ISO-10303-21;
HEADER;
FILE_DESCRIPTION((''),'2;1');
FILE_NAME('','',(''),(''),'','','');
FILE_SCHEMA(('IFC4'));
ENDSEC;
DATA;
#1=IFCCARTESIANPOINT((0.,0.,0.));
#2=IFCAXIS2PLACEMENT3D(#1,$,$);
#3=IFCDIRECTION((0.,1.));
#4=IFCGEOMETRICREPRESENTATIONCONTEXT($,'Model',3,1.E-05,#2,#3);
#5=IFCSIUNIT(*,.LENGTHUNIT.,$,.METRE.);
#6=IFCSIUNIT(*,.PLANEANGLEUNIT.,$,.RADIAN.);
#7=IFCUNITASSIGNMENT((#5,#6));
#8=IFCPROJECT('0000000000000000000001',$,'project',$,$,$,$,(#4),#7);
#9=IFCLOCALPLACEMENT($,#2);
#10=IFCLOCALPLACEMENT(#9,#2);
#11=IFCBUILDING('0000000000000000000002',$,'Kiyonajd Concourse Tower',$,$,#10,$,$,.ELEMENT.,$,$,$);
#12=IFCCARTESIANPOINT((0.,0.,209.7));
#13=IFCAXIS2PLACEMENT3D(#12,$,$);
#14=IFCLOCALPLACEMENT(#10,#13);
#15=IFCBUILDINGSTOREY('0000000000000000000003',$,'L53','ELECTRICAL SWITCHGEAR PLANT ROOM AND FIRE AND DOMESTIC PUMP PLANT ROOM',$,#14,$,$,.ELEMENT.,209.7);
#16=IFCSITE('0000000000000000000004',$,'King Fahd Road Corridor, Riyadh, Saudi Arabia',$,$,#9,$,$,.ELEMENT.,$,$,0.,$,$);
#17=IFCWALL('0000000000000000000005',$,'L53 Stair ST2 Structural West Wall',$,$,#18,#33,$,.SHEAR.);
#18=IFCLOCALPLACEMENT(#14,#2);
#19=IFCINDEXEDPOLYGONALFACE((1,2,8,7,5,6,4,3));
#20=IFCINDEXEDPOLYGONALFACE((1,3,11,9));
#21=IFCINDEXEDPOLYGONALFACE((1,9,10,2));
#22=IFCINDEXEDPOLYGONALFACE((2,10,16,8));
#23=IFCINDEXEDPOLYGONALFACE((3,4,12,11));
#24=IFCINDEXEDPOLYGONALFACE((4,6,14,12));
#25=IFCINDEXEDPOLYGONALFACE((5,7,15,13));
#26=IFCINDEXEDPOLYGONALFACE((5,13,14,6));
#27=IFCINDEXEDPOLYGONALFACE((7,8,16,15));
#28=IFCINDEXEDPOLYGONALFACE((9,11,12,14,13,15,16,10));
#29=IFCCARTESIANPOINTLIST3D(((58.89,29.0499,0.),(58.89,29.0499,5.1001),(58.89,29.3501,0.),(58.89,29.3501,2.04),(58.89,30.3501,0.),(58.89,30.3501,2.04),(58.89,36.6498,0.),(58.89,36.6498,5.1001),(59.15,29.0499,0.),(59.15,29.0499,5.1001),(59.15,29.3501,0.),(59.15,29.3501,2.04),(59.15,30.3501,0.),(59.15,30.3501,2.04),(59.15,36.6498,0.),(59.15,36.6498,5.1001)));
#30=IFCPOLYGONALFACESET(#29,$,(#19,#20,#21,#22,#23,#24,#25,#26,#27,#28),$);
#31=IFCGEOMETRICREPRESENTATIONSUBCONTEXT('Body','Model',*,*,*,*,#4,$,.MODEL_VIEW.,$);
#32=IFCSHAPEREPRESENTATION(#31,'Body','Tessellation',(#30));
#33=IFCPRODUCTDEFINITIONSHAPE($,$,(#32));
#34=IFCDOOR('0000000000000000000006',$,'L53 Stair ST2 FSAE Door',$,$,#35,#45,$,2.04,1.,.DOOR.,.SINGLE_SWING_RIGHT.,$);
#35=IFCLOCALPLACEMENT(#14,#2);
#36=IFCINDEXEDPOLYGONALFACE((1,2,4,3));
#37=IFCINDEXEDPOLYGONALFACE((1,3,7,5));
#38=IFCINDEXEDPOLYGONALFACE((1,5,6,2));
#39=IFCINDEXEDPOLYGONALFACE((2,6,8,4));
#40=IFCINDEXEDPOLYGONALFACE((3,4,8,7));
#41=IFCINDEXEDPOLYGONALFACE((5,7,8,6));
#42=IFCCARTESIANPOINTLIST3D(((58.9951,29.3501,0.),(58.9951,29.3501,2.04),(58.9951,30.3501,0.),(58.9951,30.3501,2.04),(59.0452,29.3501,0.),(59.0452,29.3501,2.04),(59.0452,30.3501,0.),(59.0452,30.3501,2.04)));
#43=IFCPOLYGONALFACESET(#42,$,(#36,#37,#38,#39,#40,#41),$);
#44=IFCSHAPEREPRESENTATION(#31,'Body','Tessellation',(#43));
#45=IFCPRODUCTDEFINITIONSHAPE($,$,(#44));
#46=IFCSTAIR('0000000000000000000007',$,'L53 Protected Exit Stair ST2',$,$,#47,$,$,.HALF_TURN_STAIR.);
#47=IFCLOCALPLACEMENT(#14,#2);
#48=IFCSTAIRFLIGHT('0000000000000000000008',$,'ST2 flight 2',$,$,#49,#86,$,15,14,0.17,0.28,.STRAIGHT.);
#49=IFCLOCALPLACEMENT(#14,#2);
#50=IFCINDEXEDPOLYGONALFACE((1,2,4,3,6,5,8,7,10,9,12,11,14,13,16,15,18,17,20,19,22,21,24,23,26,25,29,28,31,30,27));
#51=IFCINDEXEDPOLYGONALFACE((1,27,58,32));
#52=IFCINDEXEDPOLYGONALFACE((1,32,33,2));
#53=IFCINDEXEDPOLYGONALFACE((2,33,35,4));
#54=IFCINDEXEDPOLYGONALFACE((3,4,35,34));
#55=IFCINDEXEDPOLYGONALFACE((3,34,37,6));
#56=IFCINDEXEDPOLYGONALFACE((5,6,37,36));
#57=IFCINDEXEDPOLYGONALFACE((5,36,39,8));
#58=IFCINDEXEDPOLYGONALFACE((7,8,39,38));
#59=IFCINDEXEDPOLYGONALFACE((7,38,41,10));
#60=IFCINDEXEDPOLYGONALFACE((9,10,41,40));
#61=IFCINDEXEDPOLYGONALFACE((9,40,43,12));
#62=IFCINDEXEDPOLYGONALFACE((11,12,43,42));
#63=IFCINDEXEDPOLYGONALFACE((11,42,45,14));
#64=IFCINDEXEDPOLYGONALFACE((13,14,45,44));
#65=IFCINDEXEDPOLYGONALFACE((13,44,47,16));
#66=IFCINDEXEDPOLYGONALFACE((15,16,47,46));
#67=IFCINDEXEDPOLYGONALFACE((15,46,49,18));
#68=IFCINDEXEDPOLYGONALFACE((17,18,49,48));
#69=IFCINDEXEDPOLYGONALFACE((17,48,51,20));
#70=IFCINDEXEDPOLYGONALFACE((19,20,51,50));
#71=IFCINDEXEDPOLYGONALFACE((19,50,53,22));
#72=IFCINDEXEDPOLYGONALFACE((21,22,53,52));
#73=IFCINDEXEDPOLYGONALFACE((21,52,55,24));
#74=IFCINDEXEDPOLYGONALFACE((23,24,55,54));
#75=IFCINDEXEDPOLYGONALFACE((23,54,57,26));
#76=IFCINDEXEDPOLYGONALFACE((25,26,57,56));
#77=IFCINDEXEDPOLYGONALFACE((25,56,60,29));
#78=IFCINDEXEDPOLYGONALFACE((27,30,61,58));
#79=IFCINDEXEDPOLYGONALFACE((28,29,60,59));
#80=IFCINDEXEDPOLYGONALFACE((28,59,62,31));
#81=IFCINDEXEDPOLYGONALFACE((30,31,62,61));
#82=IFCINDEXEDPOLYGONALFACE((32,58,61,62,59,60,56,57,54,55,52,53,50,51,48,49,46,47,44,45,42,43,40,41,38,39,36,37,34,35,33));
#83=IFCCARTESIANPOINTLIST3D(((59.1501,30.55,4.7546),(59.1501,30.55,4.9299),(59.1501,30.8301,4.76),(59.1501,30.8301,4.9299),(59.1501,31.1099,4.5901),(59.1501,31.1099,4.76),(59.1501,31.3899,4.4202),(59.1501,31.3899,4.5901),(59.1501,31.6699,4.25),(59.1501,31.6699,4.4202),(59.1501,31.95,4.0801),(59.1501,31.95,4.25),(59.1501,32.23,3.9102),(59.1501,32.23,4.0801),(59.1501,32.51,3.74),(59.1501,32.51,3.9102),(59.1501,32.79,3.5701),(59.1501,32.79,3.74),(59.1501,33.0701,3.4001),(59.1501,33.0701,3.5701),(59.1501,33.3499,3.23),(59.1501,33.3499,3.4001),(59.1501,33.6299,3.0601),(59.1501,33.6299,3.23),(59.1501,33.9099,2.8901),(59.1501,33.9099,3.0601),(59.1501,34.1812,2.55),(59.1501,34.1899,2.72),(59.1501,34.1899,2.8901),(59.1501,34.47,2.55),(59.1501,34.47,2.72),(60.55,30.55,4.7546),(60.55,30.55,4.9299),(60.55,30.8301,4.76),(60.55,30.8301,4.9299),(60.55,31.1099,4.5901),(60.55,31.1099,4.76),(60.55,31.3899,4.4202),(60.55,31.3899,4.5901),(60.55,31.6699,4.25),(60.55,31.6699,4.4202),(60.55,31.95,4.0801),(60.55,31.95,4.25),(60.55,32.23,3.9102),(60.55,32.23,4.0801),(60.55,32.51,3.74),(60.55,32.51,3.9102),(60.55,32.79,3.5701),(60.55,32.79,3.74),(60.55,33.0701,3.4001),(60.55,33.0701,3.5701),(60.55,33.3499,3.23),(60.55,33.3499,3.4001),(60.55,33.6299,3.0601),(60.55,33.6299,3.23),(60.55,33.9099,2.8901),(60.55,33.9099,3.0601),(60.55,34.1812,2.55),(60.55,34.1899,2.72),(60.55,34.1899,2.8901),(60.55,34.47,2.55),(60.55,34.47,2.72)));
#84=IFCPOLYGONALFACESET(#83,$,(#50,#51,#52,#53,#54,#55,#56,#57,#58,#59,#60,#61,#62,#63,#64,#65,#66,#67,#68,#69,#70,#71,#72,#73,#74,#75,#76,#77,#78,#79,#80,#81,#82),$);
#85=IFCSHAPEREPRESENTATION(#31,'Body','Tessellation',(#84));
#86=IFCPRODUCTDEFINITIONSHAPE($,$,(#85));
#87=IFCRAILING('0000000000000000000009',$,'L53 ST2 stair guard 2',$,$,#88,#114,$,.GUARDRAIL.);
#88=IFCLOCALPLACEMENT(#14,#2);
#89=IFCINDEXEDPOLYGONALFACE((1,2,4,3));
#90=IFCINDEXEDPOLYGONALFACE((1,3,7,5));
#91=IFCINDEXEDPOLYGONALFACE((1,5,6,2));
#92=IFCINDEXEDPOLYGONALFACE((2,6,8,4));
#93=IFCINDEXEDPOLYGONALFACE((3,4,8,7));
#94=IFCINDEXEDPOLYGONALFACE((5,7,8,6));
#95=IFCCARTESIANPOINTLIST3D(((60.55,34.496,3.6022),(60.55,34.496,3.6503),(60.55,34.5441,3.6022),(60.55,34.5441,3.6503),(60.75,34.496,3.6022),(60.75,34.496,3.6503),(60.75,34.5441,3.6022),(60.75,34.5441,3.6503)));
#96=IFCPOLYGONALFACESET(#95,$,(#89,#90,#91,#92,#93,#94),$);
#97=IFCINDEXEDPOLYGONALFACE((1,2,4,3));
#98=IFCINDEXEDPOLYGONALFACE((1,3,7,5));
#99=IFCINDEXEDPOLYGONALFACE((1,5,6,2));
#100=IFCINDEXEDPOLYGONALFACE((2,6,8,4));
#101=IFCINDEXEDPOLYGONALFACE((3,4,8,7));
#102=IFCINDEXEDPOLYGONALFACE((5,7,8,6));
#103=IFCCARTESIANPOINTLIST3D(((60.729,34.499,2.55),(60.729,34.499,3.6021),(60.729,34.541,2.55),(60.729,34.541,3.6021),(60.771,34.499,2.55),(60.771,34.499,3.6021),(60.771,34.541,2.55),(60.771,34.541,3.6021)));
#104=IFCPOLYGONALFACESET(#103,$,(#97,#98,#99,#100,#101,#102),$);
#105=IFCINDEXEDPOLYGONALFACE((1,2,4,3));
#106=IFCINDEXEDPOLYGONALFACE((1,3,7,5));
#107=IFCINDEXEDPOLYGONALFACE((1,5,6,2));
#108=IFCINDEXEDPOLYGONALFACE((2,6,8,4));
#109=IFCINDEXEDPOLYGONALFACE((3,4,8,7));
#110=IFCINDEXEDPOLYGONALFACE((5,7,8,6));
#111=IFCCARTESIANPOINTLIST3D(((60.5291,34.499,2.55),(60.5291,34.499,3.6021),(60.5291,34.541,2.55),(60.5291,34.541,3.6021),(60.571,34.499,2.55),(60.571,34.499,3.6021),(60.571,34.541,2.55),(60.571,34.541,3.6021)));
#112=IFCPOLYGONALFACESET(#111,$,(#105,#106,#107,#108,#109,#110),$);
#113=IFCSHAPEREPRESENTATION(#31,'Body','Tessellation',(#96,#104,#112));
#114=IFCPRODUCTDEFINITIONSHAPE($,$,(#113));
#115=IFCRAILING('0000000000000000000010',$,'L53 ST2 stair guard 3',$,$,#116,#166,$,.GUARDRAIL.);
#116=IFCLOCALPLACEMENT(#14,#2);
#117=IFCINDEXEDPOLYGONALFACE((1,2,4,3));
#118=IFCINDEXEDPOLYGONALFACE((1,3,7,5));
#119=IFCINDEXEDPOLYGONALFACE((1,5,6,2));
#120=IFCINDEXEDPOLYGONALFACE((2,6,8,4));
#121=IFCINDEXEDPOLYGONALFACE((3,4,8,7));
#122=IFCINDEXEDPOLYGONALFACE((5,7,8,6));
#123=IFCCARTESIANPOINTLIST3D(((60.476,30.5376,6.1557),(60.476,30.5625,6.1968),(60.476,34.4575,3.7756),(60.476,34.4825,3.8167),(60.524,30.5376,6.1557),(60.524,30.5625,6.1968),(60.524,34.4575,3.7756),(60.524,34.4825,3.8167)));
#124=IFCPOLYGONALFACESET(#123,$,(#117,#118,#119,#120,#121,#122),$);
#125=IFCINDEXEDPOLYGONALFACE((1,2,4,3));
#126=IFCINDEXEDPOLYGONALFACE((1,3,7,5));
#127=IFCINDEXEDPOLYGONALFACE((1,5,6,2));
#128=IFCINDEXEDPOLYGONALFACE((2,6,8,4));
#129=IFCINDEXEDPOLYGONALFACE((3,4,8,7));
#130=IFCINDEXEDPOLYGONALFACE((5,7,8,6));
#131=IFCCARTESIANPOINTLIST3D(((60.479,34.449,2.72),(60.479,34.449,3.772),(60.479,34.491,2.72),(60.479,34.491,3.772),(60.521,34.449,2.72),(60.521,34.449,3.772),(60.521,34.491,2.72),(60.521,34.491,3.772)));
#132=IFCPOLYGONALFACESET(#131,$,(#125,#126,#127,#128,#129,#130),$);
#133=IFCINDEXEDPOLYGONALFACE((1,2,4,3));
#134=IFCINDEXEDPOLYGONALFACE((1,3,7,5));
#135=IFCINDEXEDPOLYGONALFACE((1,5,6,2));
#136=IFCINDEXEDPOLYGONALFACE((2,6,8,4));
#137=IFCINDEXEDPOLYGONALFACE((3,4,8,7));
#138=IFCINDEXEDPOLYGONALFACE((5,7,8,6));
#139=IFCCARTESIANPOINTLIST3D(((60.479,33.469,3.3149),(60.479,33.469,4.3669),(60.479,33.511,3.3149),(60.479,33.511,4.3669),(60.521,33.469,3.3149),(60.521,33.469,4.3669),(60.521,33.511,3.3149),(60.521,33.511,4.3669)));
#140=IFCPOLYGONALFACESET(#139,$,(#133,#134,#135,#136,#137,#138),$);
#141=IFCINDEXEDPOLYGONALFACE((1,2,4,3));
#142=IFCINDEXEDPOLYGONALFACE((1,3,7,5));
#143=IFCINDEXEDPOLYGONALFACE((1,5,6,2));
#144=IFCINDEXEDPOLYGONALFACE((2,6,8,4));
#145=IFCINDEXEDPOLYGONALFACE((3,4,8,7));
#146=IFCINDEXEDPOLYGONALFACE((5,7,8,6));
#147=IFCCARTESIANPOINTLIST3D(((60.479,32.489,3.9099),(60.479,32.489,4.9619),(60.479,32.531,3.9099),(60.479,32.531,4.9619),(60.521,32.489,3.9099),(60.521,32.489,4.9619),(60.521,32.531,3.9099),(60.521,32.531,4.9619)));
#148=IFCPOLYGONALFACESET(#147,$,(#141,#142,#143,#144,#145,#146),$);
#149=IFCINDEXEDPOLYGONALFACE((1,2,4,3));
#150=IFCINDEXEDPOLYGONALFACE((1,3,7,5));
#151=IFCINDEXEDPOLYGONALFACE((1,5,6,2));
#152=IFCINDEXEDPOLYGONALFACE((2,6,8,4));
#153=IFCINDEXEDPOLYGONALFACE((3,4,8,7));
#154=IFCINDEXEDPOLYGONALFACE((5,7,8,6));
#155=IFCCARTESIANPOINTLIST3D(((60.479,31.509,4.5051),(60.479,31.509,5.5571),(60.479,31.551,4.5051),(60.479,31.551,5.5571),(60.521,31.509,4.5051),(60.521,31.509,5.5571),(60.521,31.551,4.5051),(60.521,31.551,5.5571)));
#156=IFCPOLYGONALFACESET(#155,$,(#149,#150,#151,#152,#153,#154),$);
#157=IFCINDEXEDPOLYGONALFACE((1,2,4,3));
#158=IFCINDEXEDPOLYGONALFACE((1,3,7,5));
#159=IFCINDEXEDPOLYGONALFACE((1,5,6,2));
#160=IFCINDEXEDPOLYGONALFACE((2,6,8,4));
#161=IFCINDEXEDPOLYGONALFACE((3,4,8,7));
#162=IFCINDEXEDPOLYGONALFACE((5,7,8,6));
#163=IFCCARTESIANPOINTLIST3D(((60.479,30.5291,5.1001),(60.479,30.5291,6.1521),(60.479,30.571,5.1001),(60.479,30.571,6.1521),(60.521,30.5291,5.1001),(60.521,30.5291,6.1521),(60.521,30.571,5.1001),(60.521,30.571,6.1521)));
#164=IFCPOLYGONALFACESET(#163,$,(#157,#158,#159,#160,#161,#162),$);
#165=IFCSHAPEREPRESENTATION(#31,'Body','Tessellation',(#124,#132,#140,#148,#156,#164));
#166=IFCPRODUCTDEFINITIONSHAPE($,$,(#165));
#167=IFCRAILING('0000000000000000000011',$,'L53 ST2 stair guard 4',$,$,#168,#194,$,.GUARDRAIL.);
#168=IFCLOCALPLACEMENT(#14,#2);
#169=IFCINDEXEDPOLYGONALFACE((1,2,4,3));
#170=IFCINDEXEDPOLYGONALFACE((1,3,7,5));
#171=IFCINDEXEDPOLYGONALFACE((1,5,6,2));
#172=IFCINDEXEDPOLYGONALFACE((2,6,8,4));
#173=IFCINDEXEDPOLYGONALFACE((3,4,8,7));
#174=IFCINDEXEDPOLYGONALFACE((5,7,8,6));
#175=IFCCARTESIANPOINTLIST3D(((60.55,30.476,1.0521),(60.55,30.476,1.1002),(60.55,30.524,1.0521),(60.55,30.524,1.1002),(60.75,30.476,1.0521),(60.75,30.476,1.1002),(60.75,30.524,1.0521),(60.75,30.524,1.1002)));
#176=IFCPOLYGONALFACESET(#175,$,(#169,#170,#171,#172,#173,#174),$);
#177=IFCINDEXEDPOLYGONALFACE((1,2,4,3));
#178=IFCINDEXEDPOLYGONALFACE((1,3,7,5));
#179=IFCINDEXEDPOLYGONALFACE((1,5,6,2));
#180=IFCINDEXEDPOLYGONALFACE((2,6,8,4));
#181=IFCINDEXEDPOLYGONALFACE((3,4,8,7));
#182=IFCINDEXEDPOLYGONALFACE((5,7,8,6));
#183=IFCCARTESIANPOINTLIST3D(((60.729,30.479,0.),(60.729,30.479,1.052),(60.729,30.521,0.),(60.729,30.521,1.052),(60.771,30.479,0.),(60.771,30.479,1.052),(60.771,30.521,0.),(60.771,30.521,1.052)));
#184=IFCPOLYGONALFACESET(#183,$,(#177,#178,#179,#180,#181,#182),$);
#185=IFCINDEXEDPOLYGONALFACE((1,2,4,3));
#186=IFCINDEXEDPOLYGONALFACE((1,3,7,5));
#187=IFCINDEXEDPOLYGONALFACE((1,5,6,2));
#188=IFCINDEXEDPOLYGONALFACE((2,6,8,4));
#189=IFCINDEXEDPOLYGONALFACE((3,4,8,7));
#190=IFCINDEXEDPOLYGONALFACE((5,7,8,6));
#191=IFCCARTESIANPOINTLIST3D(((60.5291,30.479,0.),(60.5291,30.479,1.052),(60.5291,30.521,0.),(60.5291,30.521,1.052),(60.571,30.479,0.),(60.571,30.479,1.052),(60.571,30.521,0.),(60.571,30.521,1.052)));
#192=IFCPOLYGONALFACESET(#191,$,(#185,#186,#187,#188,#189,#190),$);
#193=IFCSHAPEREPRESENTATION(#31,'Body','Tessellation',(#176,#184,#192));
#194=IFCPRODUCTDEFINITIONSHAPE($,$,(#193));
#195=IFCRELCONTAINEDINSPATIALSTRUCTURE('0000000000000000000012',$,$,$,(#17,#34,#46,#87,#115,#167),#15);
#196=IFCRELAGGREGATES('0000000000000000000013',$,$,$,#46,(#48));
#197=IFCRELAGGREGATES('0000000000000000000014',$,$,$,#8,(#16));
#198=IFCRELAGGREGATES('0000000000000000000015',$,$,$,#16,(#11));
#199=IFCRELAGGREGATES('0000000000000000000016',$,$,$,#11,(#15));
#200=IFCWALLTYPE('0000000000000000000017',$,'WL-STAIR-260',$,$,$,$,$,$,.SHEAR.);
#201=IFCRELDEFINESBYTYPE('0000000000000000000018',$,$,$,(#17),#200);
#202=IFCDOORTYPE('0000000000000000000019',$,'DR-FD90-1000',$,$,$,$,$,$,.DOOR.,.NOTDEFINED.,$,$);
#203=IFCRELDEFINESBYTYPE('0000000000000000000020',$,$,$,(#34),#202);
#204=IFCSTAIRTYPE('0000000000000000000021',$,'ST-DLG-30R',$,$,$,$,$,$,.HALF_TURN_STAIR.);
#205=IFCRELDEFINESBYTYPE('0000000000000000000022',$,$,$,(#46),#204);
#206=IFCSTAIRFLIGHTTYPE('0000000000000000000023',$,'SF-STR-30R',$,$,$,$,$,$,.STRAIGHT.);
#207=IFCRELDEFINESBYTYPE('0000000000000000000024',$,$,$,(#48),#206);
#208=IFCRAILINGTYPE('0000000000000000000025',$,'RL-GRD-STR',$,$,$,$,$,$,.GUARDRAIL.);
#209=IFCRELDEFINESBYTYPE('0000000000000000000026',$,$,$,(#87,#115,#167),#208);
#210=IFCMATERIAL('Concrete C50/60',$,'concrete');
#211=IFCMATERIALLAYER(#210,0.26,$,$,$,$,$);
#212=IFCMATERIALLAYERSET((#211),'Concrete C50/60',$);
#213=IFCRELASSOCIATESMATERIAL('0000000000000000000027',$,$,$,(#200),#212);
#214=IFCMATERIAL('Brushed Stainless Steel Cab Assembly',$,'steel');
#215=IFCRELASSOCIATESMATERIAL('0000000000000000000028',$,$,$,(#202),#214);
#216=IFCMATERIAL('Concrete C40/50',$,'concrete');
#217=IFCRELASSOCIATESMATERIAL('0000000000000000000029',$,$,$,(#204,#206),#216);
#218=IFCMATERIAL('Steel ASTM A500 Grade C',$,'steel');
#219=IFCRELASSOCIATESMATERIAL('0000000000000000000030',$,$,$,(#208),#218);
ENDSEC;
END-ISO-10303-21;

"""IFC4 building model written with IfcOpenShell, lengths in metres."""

from ifc_helpers import new_model, si_unit, direction, frame, frame_2d, origin, origin_2d, place, context, subcontext, project, spatial, polyline, rectangle, outline, extrude, material, layer, layer_set, type_object, element, fill, aggregate, save


model = new_model("IFC4")

# Units and contexts
model_context = context("Model", 3, precision=1e-05, world=origin(), true_north=direction((0.0, 1.0)))
body_context = subcontext(model_context, "Body", "Model", "MODEL_VIEW")
ifc_project = project(units=[si_unit("LENGTHUNIT", "METRE"), si_unit("PLANEANGLEUNIT", "RADIAN")], contexts=[model_context])

# Site, building, storey
site_placement = place(None, origin())
site = spatial("IfcSite", under=ifc_project, at=site_placement, Name="King Fahd Road Corridor, Riyadh, Saudi Arabia", CompositionType="ELEMENT", RefElevation=0.0)
building_placement = place(site_placement, origin())
building = spatial("IfcBuilding", under=site, at=building_placement, Name="Kiyonajd Concourse Tower", CompositionType="ELEMENT")
storey_placement = place(building_placement, frame((0.0, 0.0, 209.7)))
storey = spatial("IfcBuildingStorey", under=building, at=storey_placement, Name="L53", Description="ELECTRICAL SWITCHGEAR PLANT ROOM AND FIRE AND DOMESTIC PUMP PLANT ROOM", CompositionType="ELEMENT", Elevation=209.7)

# Shared definitions
ifc_material_1 = material(Name="Concrete C50/60", Category="concrete")

# Shared definitions
ifc_material_2 = material(Name="Brushed Stainless Steel Cab Assembly", Category="steel")

# Shared definitions
ifc_layer_1 = layer(ifc_material_1, 0.26)
ifc_layer_set_1 = layer_set([ifc_layer_1], Name="Concrete C50/60")
wall_type_1 = type_object("IfcWallType", Name="WL-STAIR-260", PredefinedType="SHEAR", material=ifc_layer_set_1)

# Wall, opening, door
wall_1_placement = place(storey_placement, frame((59.02, 29.05, 0.0), z_axis=(0.0, 0.0, 1.0), x_axis=(0.0, 1.0, 0.0)))
wall_1 = element("IfcWall", 1, at=wall_1_placement, inside=storey, type_object=wall_type_1, Name="L53 Stair ST2 Structural West Wall", PredefinedType="SHEAR", context=body_context, shape_type="SweptSolid", body=[
    extrude(rectangle(XDim=7.5999, YDim=0.26, at=frame_2d((3.7998, 0.0))), origin(), (0.0, 0.0, 1.0), 5.1001),
])
opening_1_placement = place(wall_1_placement, frame((0.3, 0.0, 0.0)))
opening_1 = element("IfcOpeningElement", 2, at=opening_1_placement, cuts=wall_1, PredefinedType="OPENING", context=body_context, shape_type="SweptSolid", body=[
    extrude(rectangle(XDim=1.0, YDim=2.04, at=frame_2d((0.5, 1.02))), frame((0.0, 0.1399, 0.0), z_axis=(0.0, -1.0, 0.0), x_axis=(1.0, 0.0, 0.0)), (0.0, 0.0, 1.0), 0.28),
])
door_type_1 = type_object("IfcDoorType", Name="DR-FD90-1000", OperationType="NOTDEFINED", PredefinedType="DOOR", material=ifc_material_2)
door_1_placement = place(opening_1_placement, origin())
door_1 = element("IfcDoor", 3, at=door_1_placement, inside=storey, type_object=door_type_1, Name="L53 Stair ST2 FSAE Door", OperationType="SINGLE_SWING_RIGHT", OverallHeight=2.04, OverallWidth=1.0, PredefinedType="DOOR", context=body_context, shape_type="SweptSolid", body=[
    extrude(rectangle(XDim=1.0, YDim=2.04, at=frame_2d((0.5, 1.02))), frame((0.0, 0.0249, 0.0), z_axis=(0.0, -1.0, 0.0), x_axis=(1.0, 0.0, 0.0)), (0.0, 0.0, 1.0), 0.05),
])
fill(opening_1, door_1)

# Stair, stair flight
ifc_material_3 = material(Name="Concrete C40/50", Category="concrete")
stair_type = type_object("IfcStairType", Name="ST-DLG-30R", PredefinedType="HALF_TURN_STAIR", material=ifc_material_3)
stair_placement = place(storey_placement, origin())
stair = element("IfcStair", 4, at=stair_placement, inside=storey, type_object=stair_type, Name="L53 Protected Exit Stair ST2", PredefinedType="HALF_TURN_STAIR")
stair_flight_type = type_object("IfcStairFlightType", Name="SF-STR-30R", PredefinedType="STRAIGHT", material=ifc_material_3)
stair_flight_placement = place(storey_placement, frame((59.8501, 34.47, 2.55), z_axis=(0.0, 0.0, 1.0), x_axis=(0.0, -1.0, 0.0)))
stair_flight = element("IfcStairFlight", 5, at=stair_flight_placement, type_object=stair_flight_type, Name="ST2 flight 2", NumberOfRisers=15, NumberOfTreads=14, PredefinedType="STRAIGHT", RiserHeight=0.17, TreadLength=0.28, context=body_context, shape_type="SweptSolid", body=[
    extrude(outline(polyline([(0.0, 0.0), (0.0, 0.1699), (0.28, 0.1699), (0.28, 0.3401), (0.5601, 0.3401), (0.5601, 0.51), (0.8401, 0.51), (0.8401, 0.6799), (1.1201, 0.6799), (1.1201, 0.8501), (1.3999, 0.8501), (1.3999, 1.02), (1.6799, 1.02), (1.6799, 1.1899), (1.96, 1.1899), (1.96, 1.3601), (2.24, 1.3601), (2.24, 1.53), (2.52, 1.53), (2.52, 1.7), (2.8, 1.7), (2.8, 1.8701), (3.0801, 1.8701), (3.0801, 2.04), (3.3601, 2.04), (3.3601, 2.21), (3.6399, 2.21), (3.6399, 2.3799), (3.9199, 2.3799), (3.9199, 2.55), (3.9199, 2.2046), (0.2888, 0.0), (0.0, 0.0)])), frame((0.0, 0.7, 0.0), z_axis=(0.0, -1.0, 0.0), x_axis=(1.0, 0.0, 0.0)), (0.0, 0.0, 1.0), 1.3999),
])
aggregate(stair, [stair_flight])

# Railings
ifc_material_4 = material(Name="Steel ASTM A500 Grade C", Category="steel")
railing_type_1 = type_object("IfcRailingType", Name="RL-GRD-STR", PredefinedType="GUARDRAIL", material=ifc_material_4)
railing_1_placement = place(storey_placement, frame((60.75, 34.52, 2.55)))
element("IfcRailing", 6, at=railing_1_placement, inside=storey, type_object=railing_type_1, Name="L53 ST2 stair guard 2", PredefinedType="GUARDRAIL", context=body_context, shape_type="SweptSolid", body=[
    extrude(rectangle(XDim=0.0481, YDim=0.0481, at=origin_2d()), frame((0.0, 0.0, 1.0762), z_axis=(-1.0, 0.0, 0.0), x_axis=(0.0, -1.0, 0.0)), (0.0, 0.0, 1.0), 0.2),
    extrude(rectangle(XDim=0.042, YDim=0.042, at=origin_2d()), origin(), (0.0, 0.0, 1.0), 1.052),
    extrude(rectangle(XDim=0.042, YDim=0.042, at=origin_2d()), frame((-0.2, 0.0, 0.0)), (0.0, 0.0, 1.0), 1.052),
])
railing_2_placement = place(storey_placement, frame((60.5, 34.47, 2.72)))
element("IfcRailing", 7, at=railing_2_placement, inside=storey, type_object=railing_type_1, Name="L53 ST2 stair guard 3", PredefinedType="GUARDRAIL", context=body_context, shape_type="SweptSolid", body=[
    extrude(rectangle(XDim=0.0481, YDim=0.0481, at=origin_2d()), frame((0.0, 0.0, 1.0762), z_axis=(0.0, -0.854771, 0.519006), x_axis=(1.0, 0.0, 0.0)), (0.0, 0.0, 1.0), 4.5859),
    extrude(rectangle(XDim=0.042, YDim=0.042, at=origin_2d()), origin(), (0.0, 0.0, 1.0), 1.052),
    extrude(rectangle(XDim=0.042, YDim=0.042, at=origin_2d()), frame((0.0, -0.98, 0.595)), (0.0, 0.0, 1.0), 1.052),
    extrude(rectangle(XDim=0.042, YDim=0.042, at=origin_2d()), frame((0.0, -1.96, 1.1899)), (0.0, 0.0, 1.0), 1.052),
    extrude(rectangle(XDim=0.042, YDim=0.042, at=origin_2d()), frame((0.0, -2.9399, 1.7852)), (0.0, 0.0, 1.0), 1.052),
    extrude(rectangle(XDim=0.042, YDim=0.042, at=origin_2d()), frame((0.0, -3.9199, 2.3801)), (0.0, 0.0, 1.0), 1.052),
])
railing_3_placement = place(storey_placement, frame((60.75, 30.5, 0.0)))
element("IfcRailing", 8, at=railing_3_placement, inside=storey, type_object=railing_type_1, Name="L53 ST2 stair guard 4", PredefinedType="GUARDRAIL", context=body_context, shape_type="SweptSolid", body=[
    extrude(rectangle(XDim=0.0481, YDim=0.0481, at=origin_2d()), frame((0.0, 0.0, 1.0762), z_axis=(-1.0, 0.0, 0.0), x_axis=(0.0, -1.0, 0.0)), (0.0, 0.0, 1.0), 0.2),
    extrude(rectangle(XDim=0.042, YDim=0.042, at=origin_2d()), origin(), (0.0, 0.0, 1.0), 1.052),
    extrude(rectangle(XDim=0.042, YDim=0.042, at=origin_2d()), frame((-0.2, 0.0, 0.0)), (0.0, 0.0, 1.0), 1.052),
])

save(model, "model.ifc")
